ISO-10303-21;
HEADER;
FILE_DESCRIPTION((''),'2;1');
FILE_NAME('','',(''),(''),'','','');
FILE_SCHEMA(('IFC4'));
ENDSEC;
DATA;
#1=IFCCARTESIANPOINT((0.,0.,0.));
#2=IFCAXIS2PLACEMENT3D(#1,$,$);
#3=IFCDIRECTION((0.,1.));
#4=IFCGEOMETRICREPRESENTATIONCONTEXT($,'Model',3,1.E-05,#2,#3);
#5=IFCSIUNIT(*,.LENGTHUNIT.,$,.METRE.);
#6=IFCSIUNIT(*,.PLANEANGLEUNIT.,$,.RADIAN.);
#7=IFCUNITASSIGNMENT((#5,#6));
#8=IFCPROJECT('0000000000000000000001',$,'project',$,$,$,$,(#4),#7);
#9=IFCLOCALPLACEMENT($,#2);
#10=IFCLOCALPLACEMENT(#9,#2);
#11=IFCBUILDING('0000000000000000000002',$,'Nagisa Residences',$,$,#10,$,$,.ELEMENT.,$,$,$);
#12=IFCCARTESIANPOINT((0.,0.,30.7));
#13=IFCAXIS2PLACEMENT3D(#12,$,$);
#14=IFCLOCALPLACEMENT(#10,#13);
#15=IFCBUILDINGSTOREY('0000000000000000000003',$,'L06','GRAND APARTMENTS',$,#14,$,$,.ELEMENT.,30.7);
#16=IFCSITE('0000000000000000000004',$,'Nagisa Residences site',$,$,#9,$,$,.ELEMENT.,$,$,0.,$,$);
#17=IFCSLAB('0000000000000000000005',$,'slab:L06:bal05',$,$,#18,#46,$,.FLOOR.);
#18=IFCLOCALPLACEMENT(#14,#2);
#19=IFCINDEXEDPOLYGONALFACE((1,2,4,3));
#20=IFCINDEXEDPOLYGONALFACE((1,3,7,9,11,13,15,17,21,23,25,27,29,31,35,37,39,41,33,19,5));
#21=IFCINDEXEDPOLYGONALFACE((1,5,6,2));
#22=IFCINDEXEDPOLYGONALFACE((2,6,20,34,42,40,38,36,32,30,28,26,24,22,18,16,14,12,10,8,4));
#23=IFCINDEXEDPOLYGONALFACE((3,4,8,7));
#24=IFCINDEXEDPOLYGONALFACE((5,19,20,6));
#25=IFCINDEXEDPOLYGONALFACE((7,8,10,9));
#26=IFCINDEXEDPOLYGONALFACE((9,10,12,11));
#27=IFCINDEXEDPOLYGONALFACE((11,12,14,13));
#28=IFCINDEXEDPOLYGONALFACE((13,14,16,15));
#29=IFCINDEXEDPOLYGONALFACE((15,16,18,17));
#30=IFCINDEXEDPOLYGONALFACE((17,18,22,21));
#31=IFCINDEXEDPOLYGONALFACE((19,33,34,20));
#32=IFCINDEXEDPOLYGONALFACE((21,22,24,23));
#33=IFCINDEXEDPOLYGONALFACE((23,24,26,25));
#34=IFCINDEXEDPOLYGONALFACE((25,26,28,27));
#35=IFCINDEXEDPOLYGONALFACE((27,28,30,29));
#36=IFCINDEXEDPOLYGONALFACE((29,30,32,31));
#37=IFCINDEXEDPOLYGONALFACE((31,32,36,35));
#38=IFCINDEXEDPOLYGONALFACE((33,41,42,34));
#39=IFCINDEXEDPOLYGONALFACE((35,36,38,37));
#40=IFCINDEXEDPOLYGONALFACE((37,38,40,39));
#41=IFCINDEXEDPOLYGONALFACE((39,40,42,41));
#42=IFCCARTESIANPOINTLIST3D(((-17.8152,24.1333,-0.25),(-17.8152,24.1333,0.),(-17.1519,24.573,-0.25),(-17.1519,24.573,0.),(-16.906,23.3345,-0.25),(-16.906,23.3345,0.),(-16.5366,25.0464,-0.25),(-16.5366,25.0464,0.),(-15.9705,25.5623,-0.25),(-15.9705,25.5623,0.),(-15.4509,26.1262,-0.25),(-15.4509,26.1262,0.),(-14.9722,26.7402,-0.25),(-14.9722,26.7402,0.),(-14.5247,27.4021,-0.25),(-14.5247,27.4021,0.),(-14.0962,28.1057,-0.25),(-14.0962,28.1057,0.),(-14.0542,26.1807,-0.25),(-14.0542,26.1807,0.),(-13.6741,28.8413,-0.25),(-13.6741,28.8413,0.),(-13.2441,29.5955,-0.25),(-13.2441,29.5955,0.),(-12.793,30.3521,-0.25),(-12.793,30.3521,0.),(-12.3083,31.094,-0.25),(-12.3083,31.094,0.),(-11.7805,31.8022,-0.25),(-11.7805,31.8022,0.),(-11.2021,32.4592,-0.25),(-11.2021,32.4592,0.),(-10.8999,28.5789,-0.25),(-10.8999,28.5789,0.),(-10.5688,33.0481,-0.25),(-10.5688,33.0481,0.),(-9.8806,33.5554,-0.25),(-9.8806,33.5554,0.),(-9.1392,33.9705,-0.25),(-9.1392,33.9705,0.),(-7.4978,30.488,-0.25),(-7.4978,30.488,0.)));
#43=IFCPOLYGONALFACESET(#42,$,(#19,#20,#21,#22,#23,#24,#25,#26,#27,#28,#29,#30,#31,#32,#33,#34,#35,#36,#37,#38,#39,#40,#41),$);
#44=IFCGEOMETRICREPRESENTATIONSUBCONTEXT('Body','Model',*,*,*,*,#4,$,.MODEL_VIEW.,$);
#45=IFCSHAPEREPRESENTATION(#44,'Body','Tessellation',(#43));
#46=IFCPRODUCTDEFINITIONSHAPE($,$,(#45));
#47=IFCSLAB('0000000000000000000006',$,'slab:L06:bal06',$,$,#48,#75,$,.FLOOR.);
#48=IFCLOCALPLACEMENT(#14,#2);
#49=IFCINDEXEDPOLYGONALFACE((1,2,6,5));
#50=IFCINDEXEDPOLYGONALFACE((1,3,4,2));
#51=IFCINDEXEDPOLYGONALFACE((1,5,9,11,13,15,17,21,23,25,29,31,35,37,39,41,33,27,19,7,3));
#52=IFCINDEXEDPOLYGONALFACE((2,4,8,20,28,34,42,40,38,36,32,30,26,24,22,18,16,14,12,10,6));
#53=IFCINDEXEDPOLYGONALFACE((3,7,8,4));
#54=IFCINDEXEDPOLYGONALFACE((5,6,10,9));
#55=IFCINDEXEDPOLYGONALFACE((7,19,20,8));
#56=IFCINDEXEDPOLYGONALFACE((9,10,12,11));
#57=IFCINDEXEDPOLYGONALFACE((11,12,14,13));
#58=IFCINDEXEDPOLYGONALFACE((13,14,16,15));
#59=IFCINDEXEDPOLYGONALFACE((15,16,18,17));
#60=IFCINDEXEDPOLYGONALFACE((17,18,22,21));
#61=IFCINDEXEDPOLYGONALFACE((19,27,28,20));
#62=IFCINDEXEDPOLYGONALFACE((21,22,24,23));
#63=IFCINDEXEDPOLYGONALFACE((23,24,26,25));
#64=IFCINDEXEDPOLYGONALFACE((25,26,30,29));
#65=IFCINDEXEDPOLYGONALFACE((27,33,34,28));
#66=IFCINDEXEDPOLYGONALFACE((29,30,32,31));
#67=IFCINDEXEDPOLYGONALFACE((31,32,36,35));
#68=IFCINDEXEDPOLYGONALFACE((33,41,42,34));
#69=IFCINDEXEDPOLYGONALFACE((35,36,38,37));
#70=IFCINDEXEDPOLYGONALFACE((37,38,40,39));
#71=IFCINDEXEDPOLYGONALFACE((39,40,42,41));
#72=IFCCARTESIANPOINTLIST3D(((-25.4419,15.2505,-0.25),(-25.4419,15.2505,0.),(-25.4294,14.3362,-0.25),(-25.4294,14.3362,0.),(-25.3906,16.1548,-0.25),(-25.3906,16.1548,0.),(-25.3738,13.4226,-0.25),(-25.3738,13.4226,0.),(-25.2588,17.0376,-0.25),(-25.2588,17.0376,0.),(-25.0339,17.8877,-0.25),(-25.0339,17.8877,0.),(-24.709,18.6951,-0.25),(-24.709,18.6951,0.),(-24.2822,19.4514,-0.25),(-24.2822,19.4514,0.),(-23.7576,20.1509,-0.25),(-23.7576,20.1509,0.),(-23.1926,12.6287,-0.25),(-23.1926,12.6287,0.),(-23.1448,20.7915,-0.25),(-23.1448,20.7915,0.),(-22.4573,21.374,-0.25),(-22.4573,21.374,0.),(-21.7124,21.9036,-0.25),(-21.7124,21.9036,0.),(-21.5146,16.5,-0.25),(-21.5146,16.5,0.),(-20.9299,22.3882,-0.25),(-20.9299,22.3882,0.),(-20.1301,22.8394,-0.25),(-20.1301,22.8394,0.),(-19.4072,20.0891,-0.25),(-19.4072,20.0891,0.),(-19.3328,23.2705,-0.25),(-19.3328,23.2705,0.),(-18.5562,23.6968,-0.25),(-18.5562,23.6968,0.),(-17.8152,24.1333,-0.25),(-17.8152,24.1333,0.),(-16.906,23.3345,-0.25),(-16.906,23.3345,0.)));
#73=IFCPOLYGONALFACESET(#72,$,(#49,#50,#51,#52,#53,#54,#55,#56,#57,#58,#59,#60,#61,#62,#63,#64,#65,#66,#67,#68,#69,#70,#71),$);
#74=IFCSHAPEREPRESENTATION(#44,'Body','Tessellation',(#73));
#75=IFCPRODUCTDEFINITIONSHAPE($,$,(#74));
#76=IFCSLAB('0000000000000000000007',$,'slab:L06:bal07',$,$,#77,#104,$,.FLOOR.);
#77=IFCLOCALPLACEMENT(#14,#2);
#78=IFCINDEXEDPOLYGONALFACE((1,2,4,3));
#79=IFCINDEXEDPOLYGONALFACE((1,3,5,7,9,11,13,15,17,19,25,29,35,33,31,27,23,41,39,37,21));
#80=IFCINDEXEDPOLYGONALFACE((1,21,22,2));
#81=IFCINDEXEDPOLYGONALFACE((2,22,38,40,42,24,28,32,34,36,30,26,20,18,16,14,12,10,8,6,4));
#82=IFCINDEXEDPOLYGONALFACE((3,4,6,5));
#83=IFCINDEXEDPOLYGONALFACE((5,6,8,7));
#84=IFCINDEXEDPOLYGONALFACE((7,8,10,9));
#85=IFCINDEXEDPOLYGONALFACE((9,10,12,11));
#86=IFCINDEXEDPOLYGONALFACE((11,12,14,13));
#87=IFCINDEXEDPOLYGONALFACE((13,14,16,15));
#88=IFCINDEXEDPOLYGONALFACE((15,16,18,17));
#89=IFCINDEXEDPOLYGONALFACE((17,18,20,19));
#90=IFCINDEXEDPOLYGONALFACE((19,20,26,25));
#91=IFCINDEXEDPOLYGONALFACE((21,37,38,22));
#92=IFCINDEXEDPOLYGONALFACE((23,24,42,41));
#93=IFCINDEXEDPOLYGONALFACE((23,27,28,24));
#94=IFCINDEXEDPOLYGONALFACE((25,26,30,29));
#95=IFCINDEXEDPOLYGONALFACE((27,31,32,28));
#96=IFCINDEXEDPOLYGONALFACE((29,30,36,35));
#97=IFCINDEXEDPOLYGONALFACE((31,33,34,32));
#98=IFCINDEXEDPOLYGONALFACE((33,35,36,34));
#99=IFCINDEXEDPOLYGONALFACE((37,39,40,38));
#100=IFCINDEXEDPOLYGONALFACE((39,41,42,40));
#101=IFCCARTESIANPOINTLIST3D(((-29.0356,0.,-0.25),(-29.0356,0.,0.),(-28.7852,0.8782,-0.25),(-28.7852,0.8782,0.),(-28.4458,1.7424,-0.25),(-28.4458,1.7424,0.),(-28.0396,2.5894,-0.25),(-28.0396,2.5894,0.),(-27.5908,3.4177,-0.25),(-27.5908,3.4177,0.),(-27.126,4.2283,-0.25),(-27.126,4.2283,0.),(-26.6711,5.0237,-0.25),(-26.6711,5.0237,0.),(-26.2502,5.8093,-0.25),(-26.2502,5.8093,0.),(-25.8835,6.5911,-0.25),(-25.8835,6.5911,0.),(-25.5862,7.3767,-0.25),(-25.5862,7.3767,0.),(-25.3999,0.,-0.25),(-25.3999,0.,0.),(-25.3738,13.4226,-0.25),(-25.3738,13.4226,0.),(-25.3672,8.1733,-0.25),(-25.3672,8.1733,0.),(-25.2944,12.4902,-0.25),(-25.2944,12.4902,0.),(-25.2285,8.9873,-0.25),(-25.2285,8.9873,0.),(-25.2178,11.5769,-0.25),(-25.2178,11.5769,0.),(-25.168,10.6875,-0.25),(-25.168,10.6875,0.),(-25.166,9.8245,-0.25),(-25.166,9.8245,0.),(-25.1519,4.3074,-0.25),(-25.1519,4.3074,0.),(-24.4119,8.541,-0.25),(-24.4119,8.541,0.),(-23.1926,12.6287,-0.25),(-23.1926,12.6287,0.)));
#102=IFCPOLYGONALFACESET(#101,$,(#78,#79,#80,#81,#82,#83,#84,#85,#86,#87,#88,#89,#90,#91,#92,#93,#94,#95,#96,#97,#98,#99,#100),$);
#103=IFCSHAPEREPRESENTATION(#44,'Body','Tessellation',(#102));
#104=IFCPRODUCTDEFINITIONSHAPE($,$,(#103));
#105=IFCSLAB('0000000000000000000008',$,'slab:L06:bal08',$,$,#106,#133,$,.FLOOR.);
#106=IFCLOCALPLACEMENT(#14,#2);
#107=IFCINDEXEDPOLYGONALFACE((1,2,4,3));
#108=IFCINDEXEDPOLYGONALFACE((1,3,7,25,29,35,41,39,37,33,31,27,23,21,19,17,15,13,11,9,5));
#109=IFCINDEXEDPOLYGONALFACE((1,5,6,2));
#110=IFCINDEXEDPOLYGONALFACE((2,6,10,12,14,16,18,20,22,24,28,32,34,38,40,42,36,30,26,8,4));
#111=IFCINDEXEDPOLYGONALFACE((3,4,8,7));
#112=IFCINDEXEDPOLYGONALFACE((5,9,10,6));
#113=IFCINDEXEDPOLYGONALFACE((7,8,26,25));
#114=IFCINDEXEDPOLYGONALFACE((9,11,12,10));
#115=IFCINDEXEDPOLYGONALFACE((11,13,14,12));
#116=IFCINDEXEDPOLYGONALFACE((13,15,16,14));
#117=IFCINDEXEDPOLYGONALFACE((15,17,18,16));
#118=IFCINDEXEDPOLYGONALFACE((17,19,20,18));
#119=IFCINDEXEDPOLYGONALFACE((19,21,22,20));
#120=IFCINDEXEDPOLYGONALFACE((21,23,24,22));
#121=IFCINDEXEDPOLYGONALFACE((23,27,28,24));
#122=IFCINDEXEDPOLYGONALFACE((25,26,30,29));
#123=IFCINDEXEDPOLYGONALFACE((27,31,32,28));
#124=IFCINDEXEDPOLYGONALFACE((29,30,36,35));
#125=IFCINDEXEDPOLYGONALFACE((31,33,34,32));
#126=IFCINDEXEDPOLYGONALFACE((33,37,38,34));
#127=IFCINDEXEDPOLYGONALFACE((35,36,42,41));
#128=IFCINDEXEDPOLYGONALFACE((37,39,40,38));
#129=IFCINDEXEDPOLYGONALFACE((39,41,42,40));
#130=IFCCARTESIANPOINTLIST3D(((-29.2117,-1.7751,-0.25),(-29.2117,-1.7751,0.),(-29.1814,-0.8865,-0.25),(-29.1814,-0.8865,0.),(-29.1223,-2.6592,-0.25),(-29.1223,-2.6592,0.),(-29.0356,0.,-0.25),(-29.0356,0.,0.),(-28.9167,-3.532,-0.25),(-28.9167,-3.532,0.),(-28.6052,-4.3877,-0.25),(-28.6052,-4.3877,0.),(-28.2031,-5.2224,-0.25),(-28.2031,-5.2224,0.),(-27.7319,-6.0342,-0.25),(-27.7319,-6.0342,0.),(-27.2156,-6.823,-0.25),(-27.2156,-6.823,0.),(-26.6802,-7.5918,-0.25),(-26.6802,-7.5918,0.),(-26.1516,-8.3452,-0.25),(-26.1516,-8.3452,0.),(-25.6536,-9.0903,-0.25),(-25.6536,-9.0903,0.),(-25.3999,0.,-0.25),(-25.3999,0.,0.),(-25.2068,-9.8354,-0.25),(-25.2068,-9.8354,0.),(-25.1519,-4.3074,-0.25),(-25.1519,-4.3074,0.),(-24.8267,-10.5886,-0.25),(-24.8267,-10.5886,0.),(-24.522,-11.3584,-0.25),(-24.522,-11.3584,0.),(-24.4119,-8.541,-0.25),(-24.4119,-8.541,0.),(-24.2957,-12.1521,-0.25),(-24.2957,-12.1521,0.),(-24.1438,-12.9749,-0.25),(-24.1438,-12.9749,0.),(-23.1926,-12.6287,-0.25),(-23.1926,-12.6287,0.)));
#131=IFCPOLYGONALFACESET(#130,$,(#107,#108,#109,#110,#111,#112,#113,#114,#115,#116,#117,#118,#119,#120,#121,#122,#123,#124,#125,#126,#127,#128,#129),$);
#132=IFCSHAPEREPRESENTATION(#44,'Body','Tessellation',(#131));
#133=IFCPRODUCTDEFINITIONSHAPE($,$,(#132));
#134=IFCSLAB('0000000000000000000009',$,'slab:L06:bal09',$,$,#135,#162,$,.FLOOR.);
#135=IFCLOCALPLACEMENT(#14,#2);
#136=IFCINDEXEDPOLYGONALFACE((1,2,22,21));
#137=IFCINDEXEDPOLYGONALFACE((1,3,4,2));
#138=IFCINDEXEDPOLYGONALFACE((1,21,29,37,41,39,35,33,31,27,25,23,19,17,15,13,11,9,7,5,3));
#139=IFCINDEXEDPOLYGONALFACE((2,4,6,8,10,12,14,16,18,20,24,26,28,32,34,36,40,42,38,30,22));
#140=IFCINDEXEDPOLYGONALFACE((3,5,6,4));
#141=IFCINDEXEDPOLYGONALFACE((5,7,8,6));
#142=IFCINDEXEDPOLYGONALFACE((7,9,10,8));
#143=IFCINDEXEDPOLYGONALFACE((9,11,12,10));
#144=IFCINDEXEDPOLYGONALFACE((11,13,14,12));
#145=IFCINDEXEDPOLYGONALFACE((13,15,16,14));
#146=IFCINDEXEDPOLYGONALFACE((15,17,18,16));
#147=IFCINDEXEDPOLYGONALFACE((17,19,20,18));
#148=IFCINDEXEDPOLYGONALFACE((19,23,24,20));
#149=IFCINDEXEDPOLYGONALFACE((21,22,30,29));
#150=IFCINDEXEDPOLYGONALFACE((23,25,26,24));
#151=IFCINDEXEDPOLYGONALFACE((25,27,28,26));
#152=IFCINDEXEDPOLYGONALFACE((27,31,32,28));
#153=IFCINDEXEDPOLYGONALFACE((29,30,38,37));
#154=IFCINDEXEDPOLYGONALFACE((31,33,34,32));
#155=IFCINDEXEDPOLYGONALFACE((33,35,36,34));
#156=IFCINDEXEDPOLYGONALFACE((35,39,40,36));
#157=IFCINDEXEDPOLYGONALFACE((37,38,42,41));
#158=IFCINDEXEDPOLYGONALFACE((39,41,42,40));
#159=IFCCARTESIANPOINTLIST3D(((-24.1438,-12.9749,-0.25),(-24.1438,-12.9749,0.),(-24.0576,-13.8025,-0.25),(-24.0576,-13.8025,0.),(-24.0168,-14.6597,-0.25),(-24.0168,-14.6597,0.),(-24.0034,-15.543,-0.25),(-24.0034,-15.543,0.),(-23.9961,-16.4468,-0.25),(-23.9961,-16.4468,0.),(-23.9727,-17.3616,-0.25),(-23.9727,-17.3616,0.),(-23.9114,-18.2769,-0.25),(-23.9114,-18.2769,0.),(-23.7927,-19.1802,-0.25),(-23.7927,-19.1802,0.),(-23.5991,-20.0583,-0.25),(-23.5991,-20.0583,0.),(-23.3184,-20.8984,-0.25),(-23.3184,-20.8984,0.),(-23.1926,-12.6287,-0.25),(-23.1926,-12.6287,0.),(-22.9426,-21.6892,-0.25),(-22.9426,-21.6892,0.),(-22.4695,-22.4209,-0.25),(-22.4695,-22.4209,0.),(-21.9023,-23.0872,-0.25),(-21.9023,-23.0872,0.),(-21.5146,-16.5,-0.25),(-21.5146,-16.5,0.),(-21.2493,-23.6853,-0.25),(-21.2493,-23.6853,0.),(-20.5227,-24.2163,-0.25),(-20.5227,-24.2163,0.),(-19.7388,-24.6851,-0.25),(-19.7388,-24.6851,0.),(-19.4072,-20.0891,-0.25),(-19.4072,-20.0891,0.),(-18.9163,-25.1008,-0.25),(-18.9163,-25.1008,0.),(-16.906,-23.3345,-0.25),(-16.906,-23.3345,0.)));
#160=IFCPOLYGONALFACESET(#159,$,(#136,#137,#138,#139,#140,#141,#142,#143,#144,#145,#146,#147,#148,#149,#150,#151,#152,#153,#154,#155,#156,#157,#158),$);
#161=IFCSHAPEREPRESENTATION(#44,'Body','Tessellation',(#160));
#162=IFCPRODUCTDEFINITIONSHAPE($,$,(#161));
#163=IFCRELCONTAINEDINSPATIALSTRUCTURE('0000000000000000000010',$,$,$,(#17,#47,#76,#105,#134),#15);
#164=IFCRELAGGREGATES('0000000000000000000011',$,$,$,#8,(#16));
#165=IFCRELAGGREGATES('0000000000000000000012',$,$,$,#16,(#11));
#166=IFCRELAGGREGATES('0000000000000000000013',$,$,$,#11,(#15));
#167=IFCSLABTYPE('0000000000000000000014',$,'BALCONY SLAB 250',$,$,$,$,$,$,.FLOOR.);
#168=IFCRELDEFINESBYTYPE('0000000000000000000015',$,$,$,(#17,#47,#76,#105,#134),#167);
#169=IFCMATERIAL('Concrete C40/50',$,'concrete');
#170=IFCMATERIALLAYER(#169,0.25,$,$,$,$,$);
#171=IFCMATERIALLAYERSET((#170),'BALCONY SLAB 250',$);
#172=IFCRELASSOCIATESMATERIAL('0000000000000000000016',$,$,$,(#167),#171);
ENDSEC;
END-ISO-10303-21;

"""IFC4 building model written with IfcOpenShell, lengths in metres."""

from ifc_helpers import new_model, si_unit, direction, frame, origin, place, context, subcontext, project, spatial, polyline, outline, extrude, material, layer, layer_set, type_object, element, save


model = new_model("IFC4")

# Units and contexts
model_context = context("Model", 3, precision=1e-05, world=origin(), true_north=direction((0.0, 1.0)))
body_context = subcontext(model_context, "Body", "Model", "MODEL_VIEW")
ifc_project = project(units=[si_unit("LENGTHUNIT", "METRE"), si_unit("PLANEANGLEUNIT", "RADIAN")], contexts=[model_context])

# Site, building, storey
site_placement = place(None, origin())
site = spatial("IfcSite", under=ifc_project, at=site_placement, Name="Nagisa Residences site", CompositionType="ELEMENT", RefElevation=0.0)
building_placement = place(site_placement, origin())
building = spatial("IfcBuilding", under=site, at=building_placement, Name="Nagisa Residences", CompositionType="ELEMENT")
storey_placement = place(building_placement, frame((0.0, 0.0, 30.7)))
storey = spatial("IfcBuildingStorey", under=building, at=storey_placement, Name="L06", Description="GRAND APARTMENTS", CompositionType="ELEMENT", Elevation=30.7)

# Slabs
ifc_material_1 = material(Name="Concrete C40/50", Category="concrete")
ifc_layer_1 = layer(ifc_material_1, 0.25)
ifc_layer_set_1 = layer_set([ifc_layer_1], Name="BALCONY SLAB 250")
slab_type_1 = type_object("IfcSlabType", Name="BALCONY SLAB 250", PredefinedType="FLOOR", material=ifc_layer_set_1)
slab_1_placement = place(storey_placement, frame((0.0, 0.0, -0.25)))
element("IfcSlab", 1, at=slab_1_placement, inside=storey, type_object=slab_type_1, Name="slab:L06:bal05", PredefinedType="FLOOR", context=body_context, shape_type="SweptSolid", body=[
    extrude(outline(polyline([(-9.1392, 33.9705), (-9.8806, 33.5554), (-10.5688, 33.0481), (-11.2021, 32.4592), (-11.7805, 31.8022), (-12.3083, 31.094), (-12.793, 30.3521), (-13.2441, 29.5955), (-13.6741, 28.8413), (-14.0962, 28.1057), (-14.5247, 27.4021), (-14.9722, 26.7402), (-15.4509, 26.1262), (-15.9705, 25.5623), (-16.5366, 25.0464), (-17.1519, 24.573), (-17.8152, 24.1333), (-16.906, 23.3345), (-14.0542, 26.1807), (-10.8999, 28.5789), (-7.4978, 30.488), (-9.1392, 33.9705)])), origin(), (0.0, 0.0, 1.0), 0.25),
])
slab_2_placement = place(storey_placement, frame((0.0, 0.0, -0.25)))
element("IfcSlab", 2, at=slab_2_placement, inside=storey, type_object=slab_type_1, Name="slab:L06:bal06", PredefinedType="FLOOR", context=body_context, shape_type="SweptSolid", body=[
    extrude(outline(polyline([(-17.8152, 24.1333), (-18.5562, 23.6968), (-19.3328, 23.2705), (-20.1301, 22.8394), (-20.9299, 22.3882), (-21.7124, 21.9036), (-22.4573, 21.374), (-23.1448, 20.7915), (-23.7576, 20.1509), (-24.2822, 19.4514), (-24.709, 18.6951), (-25.0339, 17.8877), (-25.2588, 17.0376), (-25.3906, 16.1548), (-25.4419, 15.2505), (-25.4294, 14.3362), (-25.3738, 13.4226), (-23.1926, 12.6287), (-21.5146, 16.5), (-19.4072, 20.0891), (-16.906, 23.3345), (-17.8152, 24.1333)])), origin(), (0.0, 0.0, 1.0), 0.25),
])
slab_3_placement = place(storey_placement, frame((0.0, 0.0, -0.25)))
element("IfcSlab", 3, at=slab_3_placement, inside=storey, type_object=slab_type_1, Name="slab:L06:bal07", PredefinedType="FLOOR", context=body_context, shape_type="SweptSolid", body=[
    extrude(outline(polyline([(-25.3738, 13.4226), (-25.2944, 12.4902), (-25.2178, 11.5769), (-25.168, 10.6875), (-25.166, 9.8245), (-25.2285, 8.9873), (-25.3672, 8.1733), (-25.5862, 7.3767), (-25.8835, 6.5911), (-26.2502, 5.8093), (-26.6711, 5.0237), (-27.126, 4.2283), (-27.5908, 3.4177), (-28.0396, 2.5894), (-28.4458, 1.7424), (-28.7852, 0.8782), (-29.0356, 0.0), (-25.3999, 0.0), (-25.1519, 4.3074), (-24.4119, 8.541), (-23.1926, 12.6287), (-25.3738, 13.4226)])), origin(), (0.0, 0.0, 1.0), 0.25),
])
slab_4_placement = place(storey_placement, frame((0.0, 0.0, -0.25)))
element("IfcSlab", 4, at=slab_4_placement, inside=storey, type_object=slab_type_1, Name="slab:L06:bal08", PredefinedType="FLOOR", context=body_context, shape_type="SweptSolid", body=[
    extrude(outline(polyline([(-29.0356, 0.0), (-29.1814, -0.8865), (-29.2117, -1.7751), (-29.1223, -2.6592), (-28.9167, -3.532), (-28.6052, -4.3877), (-28.2031, -5.2224), (-27.7319, -6.0342), (-27.2156, -6.823), (-26.6802, -7.5918), (-26.1516, -8.3452), (-25.6536, -9.0903), (-25.2068, -9.8354), (-24.8267, -10.5886), (-24.522, -11.3584), (-24.2957, -12.1521), (-24.1438, -12.9749), (-23.1926, -12.6287), (-24.4119, -8.541), (-25.1519, -4.3074), (-25.3999, 0.0), (-29.0356, 0.0)])), origin(), (0.0, 0.0, 1.0), 0.25),
])
slab_5_placement = place(storey_placement, frame((0.0, 0.0, -0.25)))
element("IfcSlab", 5, at=slab_5_placement, inside=storey, type_object=slab_type_1, Name="slab:L06:bal09", PredefinedType="FLOOR", context=body_context, shape_type="SweptSolid", body=[
    extrude(outline(polyline([(-24.1438, -12.9749), (-24.0576, -13.8025), (-24.0168, -14.6597), (-24.0034, -15.543), (-23.9961, -16.4468), (-23.9727, -17.3616), (-23.9114, -18.2769), (-23.7927, -19.1802), (-23.5991, -20.0583), (-23.3184, -20.8984), (-22.9426, -21.6892), (-22.4695, -22.4209), (-21.9023, -23.0872), (-21.2493, -23.6853), (-20.5227, -24.2163), (-19.7388, -24.6851), (-18.9163, -25.1008), (-16.906, -23.3345), (-19.4072, -20.0891), (-21.5146, -16.5), (-23.1926, -12.6287), (-24.1438, -12.9749)])), origin(), (0.0, 0.0, 1.0), 0.25),
])

save(model, "model.ifc")
